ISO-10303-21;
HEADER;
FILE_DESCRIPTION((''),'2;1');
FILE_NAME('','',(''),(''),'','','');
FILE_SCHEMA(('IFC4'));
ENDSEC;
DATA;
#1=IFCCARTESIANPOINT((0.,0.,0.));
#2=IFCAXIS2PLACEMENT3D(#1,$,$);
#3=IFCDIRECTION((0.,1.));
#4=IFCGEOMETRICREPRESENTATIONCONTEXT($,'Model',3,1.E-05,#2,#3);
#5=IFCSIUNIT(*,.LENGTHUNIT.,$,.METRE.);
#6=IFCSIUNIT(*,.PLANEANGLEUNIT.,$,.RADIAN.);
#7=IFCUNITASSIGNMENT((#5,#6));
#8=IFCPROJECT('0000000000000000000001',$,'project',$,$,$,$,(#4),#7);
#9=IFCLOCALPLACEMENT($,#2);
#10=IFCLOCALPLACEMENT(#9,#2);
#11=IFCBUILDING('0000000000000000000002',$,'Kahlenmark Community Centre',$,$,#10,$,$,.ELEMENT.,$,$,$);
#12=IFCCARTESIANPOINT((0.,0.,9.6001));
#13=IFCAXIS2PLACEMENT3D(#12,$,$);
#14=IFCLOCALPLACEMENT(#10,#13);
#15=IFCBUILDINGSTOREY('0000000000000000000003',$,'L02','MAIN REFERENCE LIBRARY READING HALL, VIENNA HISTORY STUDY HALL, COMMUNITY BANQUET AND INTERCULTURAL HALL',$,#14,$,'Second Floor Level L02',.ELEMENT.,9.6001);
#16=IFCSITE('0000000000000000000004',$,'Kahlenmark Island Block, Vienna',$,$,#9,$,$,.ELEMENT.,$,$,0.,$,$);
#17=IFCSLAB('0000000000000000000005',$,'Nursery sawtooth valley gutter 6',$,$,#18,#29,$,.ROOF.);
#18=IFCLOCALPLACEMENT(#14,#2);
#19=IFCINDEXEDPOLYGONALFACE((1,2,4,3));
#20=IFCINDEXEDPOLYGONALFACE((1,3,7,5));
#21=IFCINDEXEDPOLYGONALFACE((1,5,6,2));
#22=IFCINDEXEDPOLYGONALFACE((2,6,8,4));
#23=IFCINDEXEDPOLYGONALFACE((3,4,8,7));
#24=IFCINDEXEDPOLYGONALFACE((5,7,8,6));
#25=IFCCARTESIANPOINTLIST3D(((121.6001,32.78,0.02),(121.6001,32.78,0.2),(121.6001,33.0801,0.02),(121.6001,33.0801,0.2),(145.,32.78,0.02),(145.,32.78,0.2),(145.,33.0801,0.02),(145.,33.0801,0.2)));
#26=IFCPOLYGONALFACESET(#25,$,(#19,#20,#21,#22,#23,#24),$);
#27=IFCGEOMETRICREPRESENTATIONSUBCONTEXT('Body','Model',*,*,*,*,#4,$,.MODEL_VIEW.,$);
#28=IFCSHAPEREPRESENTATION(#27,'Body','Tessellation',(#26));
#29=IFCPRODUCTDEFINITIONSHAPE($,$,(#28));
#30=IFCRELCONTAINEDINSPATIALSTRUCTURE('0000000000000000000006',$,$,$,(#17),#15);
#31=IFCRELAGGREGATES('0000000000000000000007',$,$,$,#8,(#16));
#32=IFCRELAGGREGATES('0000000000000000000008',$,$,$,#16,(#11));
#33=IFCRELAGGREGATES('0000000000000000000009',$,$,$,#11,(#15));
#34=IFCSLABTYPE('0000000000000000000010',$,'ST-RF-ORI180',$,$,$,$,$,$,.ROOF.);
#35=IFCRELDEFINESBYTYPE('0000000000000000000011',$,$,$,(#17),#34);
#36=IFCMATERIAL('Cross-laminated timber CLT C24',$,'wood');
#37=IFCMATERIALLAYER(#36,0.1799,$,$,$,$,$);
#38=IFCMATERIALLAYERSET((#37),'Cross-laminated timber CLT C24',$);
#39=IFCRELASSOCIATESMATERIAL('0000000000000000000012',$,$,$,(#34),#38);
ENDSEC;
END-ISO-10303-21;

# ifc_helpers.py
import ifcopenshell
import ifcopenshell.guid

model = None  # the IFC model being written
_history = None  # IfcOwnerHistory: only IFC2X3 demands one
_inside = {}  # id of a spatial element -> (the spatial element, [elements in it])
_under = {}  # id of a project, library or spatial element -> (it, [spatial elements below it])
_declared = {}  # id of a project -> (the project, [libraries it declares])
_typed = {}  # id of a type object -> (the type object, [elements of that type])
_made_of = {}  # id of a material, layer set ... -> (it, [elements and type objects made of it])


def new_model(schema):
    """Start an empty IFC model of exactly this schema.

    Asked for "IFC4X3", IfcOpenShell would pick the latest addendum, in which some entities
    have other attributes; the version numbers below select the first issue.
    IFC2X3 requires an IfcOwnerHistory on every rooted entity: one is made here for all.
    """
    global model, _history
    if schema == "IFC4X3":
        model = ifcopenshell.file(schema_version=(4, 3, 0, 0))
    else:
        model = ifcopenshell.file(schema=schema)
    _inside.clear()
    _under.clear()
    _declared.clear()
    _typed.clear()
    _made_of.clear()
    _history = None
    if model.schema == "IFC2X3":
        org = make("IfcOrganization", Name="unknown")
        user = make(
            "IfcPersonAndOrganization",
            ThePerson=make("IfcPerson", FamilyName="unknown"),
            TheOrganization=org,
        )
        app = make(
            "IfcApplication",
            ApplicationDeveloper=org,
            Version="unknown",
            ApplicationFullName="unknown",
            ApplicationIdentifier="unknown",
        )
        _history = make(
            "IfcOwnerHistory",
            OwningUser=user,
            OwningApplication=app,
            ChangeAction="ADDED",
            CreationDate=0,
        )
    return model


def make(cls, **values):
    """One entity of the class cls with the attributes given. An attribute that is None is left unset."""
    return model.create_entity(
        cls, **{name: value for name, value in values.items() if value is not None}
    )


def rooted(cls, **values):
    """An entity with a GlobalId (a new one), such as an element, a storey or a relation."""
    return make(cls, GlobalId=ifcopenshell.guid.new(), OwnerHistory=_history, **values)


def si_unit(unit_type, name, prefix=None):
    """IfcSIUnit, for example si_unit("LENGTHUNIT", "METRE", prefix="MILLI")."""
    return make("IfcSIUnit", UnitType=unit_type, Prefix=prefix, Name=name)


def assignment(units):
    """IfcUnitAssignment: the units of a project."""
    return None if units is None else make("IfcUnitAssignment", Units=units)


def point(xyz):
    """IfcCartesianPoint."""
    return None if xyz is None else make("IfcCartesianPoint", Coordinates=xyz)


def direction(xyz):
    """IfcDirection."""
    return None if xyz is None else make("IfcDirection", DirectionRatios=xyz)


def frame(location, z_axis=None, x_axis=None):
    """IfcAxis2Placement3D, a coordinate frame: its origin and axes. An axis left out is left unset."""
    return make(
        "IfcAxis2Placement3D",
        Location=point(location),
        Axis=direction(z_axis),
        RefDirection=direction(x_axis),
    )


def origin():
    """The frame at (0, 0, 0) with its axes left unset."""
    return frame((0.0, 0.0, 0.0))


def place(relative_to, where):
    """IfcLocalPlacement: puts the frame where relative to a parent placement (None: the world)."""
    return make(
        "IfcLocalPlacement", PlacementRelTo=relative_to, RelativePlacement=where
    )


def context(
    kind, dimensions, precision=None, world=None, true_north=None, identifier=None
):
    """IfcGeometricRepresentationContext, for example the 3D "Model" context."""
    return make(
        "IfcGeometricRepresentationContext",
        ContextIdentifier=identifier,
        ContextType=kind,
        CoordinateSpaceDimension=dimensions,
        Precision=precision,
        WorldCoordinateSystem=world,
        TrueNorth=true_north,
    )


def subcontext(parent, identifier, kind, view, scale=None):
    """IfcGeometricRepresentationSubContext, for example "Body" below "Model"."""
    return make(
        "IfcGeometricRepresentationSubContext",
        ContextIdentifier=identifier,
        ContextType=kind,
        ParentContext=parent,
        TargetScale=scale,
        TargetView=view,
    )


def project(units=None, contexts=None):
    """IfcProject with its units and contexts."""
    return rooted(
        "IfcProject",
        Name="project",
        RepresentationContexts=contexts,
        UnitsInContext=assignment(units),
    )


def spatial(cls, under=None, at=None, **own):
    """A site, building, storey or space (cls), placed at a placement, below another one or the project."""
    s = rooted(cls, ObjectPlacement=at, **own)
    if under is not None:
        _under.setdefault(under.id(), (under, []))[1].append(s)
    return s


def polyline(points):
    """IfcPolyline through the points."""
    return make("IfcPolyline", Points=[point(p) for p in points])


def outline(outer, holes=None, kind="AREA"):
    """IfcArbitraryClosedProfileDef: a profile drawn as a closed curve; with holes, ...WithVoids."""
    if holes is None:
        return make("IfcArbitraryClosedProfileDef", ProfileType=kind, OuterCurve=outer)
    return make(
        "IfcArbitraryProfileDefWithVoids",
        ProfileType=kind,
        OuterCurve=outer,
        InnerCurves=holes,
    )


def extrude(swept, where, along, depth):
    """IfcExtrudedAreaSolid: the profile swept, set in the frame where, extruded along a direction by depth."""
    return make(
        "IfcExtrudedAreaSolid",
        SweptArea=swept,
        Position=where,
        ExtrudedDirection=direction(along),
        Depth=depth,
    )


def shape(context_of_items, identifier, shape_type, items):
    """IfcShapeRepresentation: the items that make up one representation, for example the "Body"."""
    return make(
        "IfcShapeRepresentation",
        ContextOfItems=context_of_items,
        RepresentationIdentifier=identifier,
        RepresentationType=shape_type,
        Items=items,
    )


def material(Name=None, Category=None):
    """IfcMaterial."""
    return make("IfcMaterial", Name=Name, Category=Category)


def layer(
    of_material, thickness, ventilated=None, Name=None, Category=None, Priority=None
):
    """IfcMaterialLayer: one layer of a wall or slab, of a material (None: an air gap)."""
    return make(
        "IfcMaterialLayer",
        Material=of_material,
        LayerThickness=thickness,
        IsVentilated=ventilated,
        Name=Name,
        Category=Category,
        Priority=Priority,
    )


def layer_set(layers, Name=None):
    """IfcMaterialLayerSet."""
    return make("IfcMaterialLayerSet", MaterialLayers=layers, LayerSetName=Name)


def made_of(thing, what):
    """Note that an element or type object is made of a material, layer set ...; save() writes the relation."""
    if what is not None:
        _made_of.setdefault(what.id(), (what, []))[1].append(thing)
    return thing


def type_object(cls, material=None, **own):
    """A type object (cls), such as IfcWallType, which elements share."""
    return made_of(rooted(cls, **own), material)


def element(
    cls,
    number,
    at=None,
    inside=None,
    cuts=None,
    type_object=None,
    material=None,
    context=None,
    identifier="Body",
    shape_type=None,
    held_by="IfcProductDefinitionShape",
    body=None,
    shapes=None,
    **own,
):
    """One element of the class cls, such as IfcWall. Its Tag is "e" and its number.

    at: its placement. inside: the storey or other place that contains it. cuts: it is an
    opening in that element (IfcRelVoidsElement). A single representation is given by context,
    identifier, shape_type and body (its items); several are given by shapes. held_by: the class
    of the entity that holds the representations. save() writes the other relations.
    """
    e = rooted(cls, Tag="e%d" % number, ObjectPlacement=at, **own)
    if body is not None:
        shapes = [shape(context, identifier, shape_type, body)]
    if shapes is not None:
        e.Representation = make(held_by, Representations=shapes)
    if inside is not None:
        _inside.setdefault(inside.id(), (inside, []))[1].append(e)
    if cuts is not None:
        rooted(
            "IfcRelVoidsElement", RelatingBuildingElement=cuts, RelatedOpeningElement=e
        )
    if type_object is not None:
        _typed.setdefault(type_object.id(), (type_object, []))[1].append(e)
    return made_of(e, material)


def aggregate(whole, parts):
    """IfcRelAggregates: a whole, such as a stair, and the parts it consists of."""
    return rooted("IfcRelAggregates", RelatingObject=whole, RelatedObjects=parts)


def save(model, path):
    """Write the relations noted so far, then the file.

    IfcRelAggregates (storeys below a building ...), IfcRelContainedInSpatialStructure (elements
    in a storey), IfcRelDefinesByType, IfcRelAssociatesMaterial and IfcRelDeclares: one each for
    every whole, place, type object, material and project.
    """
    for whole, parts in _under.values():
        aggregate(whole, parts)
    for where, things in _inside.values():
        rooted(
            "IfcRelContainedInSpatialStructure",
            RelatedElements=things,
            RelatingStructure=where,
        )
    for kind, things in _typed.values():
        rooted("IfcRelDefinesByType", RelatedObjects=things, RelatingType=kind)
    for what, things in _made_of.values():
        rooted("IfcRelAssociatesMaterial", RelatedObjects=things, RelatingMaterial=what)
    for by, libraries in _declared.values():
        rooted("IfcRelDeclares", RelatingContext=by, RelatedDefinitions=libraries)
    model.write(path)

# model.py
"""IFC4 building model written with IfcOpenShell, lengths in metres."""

from ifc_helpers import new_model, si_unit, direction, frame, origin, place, context, subcontext, project, spatial, polyline, outline, extrude, material, layer, layer_set, type_object, element, save


model = new_model("IFC4")

# Units and contexts
model_context = context("Model", 3, precision=1e-05, world=origin(), true_north=direction((0.0, 1.0)))
body_context = subcontext(model_context, "Body", "Model", "MODEL_VIEW")
ifc_project = project(units=[si_unit("LENGTHUNIT", "METRE"), si_unit("PLANEANGLEUNIT", "RADIAN")], contexts=[model_context])

# Site, building, storey
site_placement = place(None, origin())
site = spatial("IfcSite", under=ifc_project, at=site_placement, Name="Kahlenmark Island Block, Vienna", CompositionType="ELEMENT", RefElevation=0.0)
building_placement = place(site_placement, origin())
building = spatial("IfcBuilding", under=site, at=building_placement, Name="Kahlenmark Community Centre", CompositionType="ELEMENT")
storey_placement = place(building_placement, frame((0.0, 0.0, 9.6001)))
storey = spatial("IfcBuildingStorey", under=building, at=storey_placement, Name="L02", Description="MAIN REFERENCE LIBRARY READING HALL, VIENNA HISTORY STUDY HALL, COMMUNITY BANQUET AND INTERCULTURAL HALL", LongName="Second Floor Level L02", CompositionType="ELEMENT", Elevation=9.6001)

# Shared definitions
ifc_material_1 = material(Name="Cross-laminated timber CLT C24", Category="wood")

# Slab
ifc_layer_1 = layer(ifc_material_1, 0.1799)
ifc_layer_set_1 = layer_set([ifc_layer_1], Name="Cross-laminated timber CLT C24")
slab_type_1 = type_object("IfcSlabType", Name="ST-RF-ORI180", PredefinedType="ROOF", material=ifc_layer_set_1)
slab_1_placement = place(storey_placement, frame((0.0, 0.0, 0.02)))
element("IfcSlab", 1, at=slab_1_placement, inside=storey, type_object=slab_type_1, Name="Nursery sawtooth valley gutter 6", PredefinedType="ROOF", context=body_context, shape_type="SweptSolid", body=[
    extrude(outline(polyline([(121.6001, 32.78), (145.0, 32.78), (145.0, 33.0801), (121.6001, 33.0801), (121.6001, 32.78)])), origin(), (0.0, 0.0, 1.0), 0.1799),
])

save(model, "model.ifc")
